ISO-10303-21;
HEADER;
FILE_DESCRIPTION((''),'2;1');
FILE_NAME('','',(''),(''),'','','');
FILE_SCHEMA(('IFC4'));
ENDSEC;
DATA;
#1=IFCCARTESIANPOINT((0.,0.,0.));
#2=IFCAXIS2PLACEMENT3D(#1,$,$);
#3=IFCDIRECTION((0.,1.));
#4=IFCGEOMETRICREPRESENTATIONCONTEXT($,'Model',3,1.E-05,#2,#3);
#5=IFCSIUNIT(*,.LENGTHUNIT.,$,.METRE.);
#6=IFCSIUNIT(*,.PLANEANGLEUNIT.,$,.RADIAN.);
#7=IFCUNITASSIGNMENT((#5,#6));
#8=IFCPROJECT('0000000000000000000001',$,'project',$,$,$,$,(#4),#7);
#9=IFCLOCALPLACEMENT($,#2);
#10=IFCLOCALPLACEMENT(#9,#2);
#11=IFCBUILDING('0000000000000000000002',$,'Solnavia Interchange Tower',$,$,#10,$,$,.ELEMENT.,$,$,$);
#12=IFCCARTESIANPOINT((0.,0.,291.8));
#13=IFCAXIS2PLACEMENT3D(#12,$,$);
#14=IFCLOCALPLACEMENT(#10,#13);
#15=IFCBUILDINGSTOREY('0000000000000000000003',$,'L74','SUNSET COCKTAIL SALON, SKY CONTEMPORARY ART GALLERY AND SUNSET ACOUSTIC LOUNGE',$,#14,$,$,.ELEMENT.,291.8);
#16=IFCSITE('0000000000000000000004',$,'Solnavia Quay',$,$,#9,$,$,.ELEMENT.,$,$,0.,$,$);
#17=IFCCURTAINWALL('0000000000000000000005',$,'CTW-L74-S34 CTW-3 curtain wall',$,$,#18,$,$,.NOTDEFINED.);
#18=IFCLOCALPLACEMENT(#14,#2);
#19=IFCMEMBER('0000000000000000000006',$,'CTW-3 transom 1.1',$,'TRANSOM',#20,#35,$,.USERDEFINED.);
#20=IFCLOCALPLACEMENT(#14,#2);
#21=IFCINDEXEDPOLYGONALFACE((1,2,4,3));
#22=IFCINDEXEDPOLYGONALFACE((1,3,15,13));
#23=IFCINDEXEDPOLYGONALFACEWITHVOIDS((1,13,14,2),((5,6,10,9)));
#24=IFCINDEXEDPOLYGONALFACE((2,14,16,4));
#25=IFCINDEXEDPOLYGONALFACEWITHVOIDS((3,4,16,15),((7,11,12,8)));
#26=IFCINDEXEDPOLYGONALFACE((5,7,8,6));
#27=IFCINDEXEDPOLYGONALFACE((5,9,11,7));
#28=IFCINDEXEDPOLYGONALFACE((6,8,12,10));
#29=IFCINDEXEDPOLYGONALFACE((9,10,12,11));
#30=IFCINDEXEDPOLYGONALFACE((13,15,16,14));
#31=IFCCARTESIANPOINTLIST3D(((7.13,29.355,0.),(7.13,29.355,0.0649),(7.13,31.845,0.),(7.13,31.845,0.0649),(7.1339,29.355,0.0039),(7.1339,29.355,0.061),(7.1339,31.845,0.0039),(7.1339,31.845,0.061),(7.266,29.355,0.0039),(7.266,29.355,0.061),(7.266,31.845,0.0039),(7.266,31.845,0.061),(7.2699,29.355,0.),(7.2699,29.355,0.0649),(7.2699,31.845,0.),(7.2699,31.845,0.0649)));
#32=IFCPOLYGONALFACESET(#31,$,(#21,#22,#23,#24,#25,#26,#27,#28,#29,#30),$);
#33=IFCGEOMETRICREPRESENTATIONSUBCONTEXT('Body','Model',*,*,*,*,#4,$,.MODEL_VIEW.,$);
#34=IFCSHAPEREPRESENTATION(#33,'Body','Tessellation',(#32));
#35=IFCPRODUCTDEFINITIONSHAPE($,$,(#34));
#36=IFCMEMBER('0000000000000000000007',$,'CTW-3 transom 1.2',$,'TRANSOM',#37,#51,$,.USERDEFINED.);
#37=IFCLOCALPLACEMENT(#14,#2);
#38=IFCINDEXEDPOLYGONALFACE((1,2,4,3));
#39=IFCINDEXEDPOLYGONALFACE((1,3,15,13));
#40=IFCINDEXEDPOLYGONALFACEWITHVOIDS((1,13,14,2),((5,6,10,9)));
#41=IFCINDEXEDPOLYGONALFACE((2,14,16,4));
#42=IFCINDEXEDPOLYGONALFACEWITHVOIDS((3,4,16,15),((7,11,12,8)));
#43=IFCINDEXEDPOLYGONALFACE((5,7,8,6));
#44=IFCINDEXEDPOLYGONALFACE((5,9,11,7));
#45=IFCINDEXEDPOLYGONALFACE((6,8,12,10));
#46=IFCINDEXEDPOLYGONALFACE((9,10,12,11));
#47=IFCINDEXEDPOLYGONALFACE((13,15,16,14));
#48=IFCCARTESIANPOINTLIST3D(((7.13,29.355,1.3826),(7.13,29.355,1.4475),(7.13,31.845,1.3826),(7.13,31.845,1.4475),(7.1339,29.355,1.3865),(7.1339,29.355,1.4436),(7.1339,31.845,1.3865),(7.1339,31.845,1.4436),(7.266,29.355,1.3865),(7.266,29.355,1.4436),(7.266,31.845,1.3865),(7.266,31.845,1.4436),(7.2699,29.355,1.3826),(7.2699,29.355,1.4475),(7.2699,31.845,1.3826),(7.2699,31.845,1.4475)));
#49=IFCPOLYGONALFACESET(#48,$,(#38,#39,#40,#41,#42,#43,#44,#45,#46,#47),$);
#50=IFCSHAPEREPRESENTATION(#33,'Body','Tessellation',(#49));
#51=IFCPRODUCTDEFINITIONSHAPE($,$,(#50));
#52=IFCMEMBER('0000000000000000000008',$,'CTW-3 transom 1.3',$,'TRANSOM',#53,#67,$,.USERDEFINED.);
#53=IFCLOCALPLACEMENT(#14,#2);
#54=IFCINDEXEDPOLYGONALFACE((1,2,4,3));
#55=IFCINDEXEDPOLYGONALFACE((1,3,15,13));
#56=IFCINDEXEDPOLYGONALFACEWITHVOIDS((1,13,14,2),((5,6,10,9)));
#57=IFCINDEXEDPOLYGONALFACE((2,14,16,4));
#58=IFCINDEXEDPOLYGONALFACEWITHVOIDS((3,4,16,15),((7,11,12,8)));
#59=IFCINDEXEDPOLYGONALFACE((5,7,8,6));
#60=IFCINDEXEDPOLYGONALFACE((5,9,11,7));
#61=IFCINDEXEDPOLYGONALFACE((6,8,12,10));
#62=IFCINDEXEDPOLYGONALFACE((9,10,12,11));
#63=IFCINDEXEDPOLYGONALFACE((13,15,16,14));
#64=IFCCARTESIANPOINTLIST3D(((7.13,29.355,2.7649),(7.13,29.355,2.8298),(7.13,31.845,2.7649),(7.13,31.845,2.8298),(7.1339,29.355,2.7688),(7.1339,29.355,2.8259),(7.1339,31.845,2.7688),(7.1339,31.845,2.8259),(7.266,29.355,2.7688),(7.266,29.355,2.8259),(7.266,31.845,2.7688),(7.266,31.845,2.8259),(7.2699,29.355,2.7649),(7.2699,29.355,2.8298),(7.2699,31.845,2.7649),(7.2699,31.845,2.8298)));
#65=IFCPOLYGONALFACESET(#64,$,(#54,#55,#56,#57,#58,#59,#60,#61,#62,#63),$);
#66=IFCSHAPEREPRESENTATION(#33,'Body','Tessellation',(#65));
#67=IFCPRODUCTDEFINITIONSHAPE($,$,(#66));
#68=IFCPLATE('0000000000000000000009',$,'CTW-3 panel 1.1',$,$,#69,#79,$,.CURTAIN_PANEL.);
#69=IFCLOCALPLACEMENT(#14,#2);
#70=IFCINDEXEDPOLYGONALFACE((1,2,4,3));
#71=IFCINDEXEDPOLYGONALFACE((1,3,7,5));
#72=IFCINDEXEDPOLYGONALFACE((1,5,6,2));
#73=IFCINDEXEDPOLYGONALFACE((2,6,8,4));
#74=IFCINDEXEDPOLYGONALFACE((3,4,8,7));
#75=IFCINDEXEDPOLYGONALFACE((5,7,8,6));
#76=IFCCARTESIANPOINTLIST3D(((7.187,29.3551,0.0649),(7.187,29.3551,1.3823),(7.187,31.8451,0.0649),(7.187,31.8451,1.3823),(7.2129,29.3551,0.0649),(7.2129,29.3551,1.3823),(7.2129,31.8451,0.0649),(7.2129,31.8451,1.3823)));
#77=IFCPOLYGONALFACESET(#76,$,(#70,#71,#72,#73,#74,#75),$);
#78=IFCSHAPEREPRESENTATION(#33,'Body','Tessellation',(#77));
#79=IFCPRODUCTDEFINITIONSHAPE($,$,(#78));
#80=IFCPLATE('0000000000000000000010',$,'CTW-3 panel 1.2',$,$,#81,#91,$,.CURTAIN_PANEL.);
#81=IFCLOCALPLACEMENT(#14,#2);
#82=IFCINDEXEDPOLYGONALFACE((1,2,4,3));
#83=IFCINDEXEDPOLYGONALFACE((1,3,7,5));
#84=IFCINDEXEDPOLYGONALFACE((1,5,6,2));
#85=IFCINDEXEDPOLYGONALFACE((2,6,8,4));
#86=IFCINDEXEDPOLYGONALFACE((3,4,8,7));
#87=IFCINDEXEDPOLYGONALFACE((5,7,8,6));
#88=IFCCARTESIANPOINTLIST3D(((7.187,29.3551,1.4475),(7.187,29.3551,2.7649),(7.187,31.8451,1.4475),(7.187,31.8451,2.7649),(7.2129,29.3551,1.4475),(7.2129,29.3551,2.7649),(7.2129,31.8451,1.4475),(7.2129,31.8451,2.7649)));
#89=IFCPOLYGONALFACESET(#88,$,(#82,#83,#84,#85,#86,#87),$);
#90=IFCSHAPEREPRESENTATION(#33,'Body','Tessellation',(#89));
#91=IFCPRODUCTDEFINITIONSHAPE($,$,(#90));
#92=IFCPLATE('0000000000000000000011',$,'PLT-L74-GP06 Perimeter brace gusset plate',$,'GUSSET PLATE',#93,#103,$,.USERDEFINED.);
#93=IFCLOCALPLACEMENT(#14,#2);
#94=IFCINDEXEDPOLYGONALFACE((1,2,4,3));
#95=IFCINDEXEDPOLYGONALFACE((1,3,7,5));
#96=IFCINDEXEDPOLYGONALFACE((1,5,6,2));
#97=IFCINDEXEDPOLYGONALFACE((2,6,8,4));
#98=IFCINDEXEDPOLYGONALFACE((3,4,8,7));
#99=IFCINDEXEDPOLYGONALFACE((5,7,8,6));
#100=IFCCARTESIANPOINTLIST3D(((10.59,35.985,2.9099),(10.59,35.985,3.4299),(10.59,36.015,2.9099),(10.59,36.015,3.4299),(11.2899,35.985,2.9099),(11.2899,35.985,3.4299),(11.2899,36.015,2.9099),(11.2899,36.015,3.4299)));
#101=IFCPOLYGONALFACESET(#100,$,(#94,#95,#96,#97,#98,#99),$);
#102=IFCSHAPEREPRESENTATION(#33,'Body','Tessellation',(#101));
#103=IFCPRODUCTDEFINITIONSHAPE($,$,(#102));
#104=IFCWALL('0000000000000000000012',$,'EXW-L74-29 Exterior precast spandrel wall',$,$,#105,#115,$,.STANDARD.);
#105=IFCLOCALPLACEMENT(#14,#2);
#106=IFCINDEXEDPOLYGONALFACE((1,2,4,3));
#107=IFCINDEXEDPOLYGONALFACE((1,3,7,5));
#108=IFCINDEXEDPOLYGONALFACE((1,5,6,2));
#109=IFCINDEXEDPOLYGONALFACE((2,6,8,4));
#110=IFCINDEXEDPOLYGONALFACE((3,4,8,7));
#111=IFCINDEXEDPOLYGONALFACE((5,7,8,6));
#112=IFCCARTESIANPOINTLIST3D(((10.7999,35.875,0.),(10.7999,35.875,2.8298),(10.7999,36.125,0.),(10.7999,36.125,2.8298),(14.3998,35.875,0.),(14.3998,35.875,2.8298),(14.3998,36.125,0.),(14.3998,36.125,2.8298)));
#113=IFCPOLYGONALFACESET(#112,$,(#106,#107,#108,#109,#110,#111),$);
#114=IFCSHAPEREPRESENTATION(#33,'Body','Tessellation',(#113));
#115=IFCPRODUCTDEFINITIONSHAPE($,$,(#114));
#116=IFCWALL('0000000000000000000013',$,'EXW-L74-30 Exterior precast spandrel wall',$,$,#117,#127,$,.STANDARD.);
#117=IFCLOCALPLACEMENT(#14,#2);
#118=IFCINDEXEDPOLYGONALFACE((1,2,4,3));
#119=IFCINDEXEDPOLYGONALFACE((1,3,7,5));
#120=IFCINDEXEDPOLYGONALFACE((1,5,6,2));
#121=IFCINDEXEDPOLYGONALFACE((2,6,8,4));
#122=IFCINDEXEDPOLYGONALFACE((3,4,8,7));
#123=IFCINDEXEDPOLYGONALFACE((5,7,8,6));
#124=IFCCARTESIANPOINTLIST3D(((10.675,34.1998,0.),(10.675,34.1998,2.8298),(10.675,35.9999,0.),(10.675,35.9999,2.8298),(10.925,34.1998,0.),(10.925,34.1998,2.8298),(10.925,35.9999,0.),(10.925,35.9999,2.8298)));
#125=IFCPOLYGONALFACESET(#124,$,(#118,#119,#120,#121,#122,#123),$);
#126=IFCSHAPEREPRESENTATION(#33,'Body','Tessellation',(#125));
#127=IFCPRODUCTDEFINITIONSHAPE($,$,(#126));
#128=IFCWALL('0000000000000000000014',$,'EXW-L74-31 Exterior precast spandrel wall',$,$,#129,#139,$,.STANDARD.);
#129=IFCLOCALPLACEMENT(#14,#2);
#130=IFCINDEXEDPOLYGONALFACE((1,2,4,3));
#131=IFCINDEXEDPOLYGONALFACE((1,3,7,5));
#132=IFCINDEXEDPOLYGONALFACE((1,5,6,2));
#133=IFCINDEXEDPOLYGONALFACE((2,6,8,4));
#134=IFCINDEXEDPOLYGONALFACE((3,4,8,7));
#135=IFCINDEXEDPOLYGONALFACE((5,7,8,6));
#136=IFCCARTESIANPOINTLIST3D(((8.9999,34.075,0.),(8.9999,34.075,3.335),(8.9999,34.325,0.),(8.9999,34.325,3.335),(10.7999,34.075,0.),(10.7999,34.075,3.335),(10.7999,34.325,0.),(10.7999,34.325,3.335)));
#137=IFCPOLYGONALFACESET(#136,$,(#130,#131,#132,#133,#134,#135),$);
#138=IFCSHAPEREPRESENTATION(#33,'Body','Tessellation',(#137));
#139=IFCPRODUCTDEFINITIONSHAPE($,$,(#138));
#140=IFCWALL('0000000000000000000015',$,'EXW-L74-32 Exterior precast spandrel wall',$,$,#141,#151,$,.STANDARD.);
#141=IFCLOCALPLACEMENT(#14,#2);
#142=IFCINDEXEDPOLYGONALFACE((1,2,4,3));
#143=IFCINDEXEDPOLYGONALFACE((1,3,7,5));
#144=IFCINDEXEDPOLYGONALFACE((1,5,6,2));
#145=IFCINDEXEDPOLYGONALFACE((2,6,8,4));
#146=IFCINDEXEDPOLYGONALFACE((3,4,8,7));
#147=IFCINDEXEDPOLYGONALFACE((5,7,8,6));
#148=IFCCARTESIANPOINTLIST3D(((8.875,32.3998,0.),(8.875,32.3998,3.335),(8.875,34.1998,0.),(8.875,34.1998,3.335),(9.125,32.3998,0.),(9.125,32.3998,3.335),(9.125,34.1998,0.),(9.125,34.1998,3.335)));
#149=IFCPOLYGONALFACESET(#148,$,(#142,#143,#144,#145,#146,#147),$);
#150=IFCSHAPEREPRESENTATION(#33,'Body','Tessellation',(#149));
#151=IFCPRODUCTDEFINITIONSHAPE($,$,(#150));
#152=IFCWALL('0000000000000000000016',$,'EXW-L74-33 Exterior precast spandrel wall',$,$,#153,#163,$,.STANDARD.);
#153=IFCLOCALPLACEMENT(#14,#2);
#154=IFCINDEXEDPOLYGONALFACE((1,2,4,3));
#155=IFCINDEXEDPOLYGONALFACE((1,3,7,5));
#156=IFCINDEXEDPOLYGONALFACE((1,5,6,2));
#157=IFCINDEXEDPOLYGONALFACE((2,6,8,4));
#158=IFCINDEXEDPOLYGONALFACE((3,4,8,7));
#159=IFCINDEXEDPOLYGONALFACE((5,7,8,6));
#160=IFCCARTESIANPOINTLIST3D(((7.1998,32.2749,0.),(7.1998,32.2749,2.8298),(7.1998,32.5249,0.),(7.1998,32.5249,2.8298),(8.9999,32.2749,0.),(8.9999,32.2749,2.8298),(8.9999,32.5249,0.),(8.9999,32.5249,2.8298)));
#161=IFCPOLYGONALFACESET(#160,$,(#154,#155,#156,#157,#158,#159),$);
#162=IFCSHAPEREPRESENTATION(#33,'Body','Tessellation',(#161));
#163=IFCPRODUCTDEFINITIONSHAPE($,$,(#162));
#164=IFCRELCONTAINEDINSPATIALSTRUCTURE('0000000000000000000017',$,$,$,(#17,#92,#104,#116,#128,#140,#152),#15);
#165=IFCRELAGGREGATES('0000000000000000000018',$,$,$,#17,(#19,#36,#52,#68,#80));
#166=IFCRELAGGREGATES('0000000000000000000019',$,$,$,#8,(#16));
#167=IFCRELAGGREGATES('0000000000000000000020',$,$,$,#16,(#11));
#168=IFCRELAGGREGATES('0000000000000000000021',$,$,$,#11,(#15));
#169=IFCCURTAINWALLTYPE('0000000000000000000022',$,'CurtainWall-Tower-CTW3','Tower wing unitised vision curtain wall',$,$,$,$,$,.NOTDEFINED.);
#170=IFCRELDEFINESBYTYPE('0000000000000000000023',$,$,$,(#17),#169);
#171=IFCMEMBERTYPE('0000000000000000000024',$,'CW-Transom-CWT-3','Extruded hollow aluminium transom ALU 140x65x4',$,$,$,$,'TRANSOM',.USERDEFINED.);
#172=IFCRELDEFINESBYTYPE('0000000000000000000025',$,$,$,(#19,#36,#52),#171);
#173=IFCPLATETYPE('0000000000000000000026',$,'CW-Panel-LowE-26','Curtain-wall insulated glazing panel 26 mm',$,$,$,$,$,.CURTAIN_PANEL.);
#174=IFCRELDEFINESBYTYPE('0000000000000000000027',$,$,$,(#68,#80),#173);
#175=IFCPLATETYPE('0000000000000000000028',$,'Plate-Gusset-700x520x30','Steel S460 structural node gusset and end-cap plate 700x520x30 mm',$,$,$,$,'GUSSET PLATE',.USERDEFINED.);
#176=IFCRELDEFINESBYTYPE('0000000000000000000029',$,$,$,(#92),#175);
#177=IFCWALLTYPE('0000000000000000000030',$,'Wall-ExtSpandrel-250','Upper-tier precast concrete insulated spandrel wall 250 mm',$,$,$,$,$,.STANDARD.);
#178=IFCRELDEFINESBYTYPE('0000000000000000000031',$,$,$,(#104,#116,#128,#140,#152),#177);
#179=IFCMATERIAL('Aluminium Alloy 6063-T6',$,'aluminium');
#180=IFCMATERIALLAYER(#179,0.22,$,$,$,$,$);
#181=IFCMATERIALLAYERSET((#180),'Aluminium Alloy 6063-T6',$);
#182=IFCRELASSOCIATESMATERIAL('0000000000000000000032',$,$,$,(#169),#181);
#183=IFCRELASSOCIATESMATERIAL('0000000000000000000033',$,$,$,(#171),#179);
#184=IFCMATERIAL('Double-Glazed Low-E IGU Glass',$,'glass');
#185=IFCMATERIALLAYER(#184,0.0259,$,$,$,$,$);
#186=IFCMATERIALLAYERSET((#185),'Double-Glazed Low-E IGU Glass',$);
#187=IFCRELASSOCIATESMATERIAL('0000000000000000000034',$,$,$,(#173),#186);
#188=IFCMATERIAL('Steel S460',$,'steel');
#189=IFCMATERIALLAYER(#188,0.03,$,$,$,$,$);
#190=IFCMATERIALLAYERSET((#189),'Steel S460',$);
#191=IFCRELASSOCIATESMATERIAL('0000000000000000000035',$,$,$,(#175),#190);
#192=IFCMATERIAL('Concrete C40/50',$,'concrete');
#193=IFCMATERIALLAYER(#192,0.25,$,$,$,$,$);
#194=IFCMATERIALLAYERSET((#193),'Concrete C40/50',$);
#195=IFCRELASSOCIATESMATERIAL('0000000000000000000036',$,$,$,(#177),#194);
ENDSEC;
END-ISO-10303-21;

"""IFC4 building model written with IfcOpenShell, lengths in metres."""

from ifc_helpers import new_model, si_unit, direction, frame, frame_2d, origin, origin_2d, place, context, subcontext, project, spatial, rectangle, hollow_rectangle, extrude, material, layer, layer_set, material_profile, profile_set, type_object, element, aggregate, save


model = new_model("IFC4")

# Units and contexts
model_context = context("Model", 3, precision=1e-05, world=origin(), true_north=direction((0.0, 1.0)))
body_context = subcontext(model_context, "Body", "Model", "MODEL_VIEW")
ifc_project = project(units=[si_unit("LENGTHUNIT", "METRE"), si_unit("PLANEANGLEUNIT", "RADIAN")], contexts=[model_context])

# Site, building, storey
site_placement = place(None, origin())
site = spatial("IfcSite", under=ifc_project, at=site_placement, Name="Solnavia Quay", CompositionType="ELEMENT", RefElevation=0.0)
building_placement = place(site_placement, origin())
building = spatial("IfcBuilding", under=site, at=building_placement, Name="Solnavia Interchange Tower", CompositionType="ELEMENT")
storey_placement = place(building_placement, frame((0.0, 0.0, 291.8)))
storey = spatial("IfcBuildingStorey", under=building, at=storey_placement, Name="L74", Description="SUNSET COCKTAIL SALON, SKY CONTEMPORARY ART GALLERY AND SUNSET ACOUSTIC LOUNGE", CompositionType="ELEMENT", Elevation=291.8)

# Shared definitions
ifc_material_1 = material(Name="Steel S460", Category="steel")

# Curtain wall, members, plates
ifc_material_2 = material(Name="Aluminium Alloy 6063-T6", Category="aluminium")
ifc_layer_1 = layer(ifc_material_2, 0.22)
ifc_layer_set_1 = layer_set([ifc_layer_1], Name="Aluminium Alloy 6063-T6")
curtain_wall_type = type_object("IfcCurtainWallType", Name="CurtainWall-Tower-CTW3", Description="Tower wing unitised vision curtain wall", PredefinedType="NOTDEFINED", material=ifc_layer_set_1)
curtain_wall_placement = place(storey_placement, origin())
curtain_wall = element("IfcCurtainWall", 1, at=curtain_wall_placement, inside=storey, type_object=curtain_wall_type, Name="CTW-L74-S34 CTW-3 curtain wall", PredefinedType="NOTDEFINED")
ifc_material_profile_1 = material_profile(ifc_material_2, hollow_rectangle(XDim=0.0649, YDim=0.1399, WallThickness=0.0039, at=origin_2d()), Name="ALU 140x65x4")
ifc_profile_set_1 = profile_set([ifc_material_profile_1], Name="Aluminium Alloy 6063-T6")
member_type_1 = type_object("IfcMemberType", Name="CW-Transom-CWT-3", Description="Extruded hollow aluminium transom ALU 140x65x4", ElementType="TRANSOM", PredefinedType="USERDEFINED", material=ifc_profile_set_1)
member_1_placement = place(storey_placement, frame((7.2, 31.845, 0.0325), z_axis=(0.0, -1.0, 0.0), x_axis=(0.0, 0.0, 1.0)))
member_1 = element("IfcMember", 2, at=member_1_placement, type_object=member_type_1, Name="CTW-3 transom 1.1", ObjectType="TRANSOM", PredefinedType="USERDEFINED", context=body_context, shape_type="SweptSolid", body=[
    extrude(hollow_rectangle(XDim=0.0649, YDim=0.1399, WallThickness=0.0039, at=origin_2d()), origin(), (0.0, 0.0, 1.0), 2.49),
])
member_2_placement = place(storey_placement, frame((7.2, 31.845, 1.415), z_axis=(0.0, -1.0, 0.0), x_axis=(0.0, 0.0, 1.0)))
member_2 = element("IfcMember", 3, at=member_2_placement, type_object=member_type_1, Name="CTW-3 transom 1.2", ObjectType="TRANSOM", PredefinedType="USERDEFINED", context=body_context, shape_type="SweptSolid", body=[
    extrude(hollow_rectangle(XDim=0.0649, YDim=0.1399, WallThickness=0.0039, at=origin_2d()), origin(), (0.0, 0.0, 1.0), 2.49),
])
member_3_placement = place(storey_placement, frame((7.2, 31.845, 2.7974), z_axis=(0.0, -1.0, 0.0), x_axis=(0.0, 0.0, 1.0)))
member_3 = element("IfcMember", 4, at=member_3_placement, type_object=member_type_1, Name="CTW-3 transom 1.3", ObjectType="TRANSOM", PredefinedType="USERDEFINED", context=body_context, shape_type="SweptSolid", body=[
    extrude(hollow_rectangle(XDim=0.0649, YDim=0.1399, WallThickness=0.0039, at=origin_2d()), origin(), (0.0, 0.0, 1.0), 2.49),
])
ifc_material_3 = material(Name="Double-Glazed Low-E IGU Glass", Category="glass")
ifc_layer_2 = layer(ifc_material_3, 0.0259)
ifc_layer_set_2 = layer_set([ifc_layer_2], Name="Double-Glazed Low-E IGU Glass")
plate_type_1 = type_object("IfcPlateType", Name="CW-Panel-LowE-26", Description="Curtain-wall insulated glazing panel 26 mm", PredefinedType="CURTAIN_PANEL", material=ifc_layer_set_2)
plate_1_placement = place(storey_placement, frame((7.2, 30.6001, 0.0649), z_axis=(0.0, 0.0, 1.0), x_axis=(0.0, -1.0, 0.0)))
plate_1 = element("IfcPlate", 5, at=plate_1_placement, type_object=plate_type_1, Name="CTW-3 panel 1.1", PredefinedType="CURTAIN_PANEL", context=body_context, shape_type="SweptSolid", body=[
    extrude(rectangle(XDim=2.49, YDim=0.0259, at=origin_2d()), origin(), (0.0, 0.0, 1.0), 1.3174),
])
plate_2_placement = place(storey_placement, frame((7.2, 30.6001, 1.4475), z_axis=(0.0, 0.0, 1.0), x_axis=(0.0, -1.0, 0.0)))
plate_2 = element("IfcPlate", 6, at=plate_2_placement, type_object=plate_type_1, Name="CTW-3 panel 1.2", PredefinedType="CURTAIN_PANEL", context=body_context, shape_type="SweptSolid", body=[
    extrude(rectangle(XDim=2.49, YDim=0.0259, at=origin_2d()), origin(), (0.0, 0.0, 1.0), 1.3174),
])
aggregate(curtain_wall, [member_1, member_2, member_3, plate_1, plate_2])

# Plate
ifc_layer_3 = layer(ifc_material_1, 0.03)
ifc_layer_set_3 = layer_set([ifc_layer_3], Name="Steel S460")
plate_type_2 = type_object("IfcPlateType", Name="Plate-Gusset-700x520x30", Description="Steel S460 structural node gusset and end-cap plate 700x520x30 mm", ElementType="GUSSET PLATE", PredefinedType="USERDEFINED", material=ifc_layer_set_3)
plate_3_placement = place(storey_placement, frame((10.9399, 36.0, 2.9099), z_axis=(0.0, 0.0, 1.0), x_axis=(-1.0, 0.0, 0.0)))
element("IfcPlate", 7, at=plate_3_placement, inside=storey, type_object=plate_type_2, Name="PLT-L74-GP06 Perimeter brace gusset plate", ObjectType="GUSSET PLATE", PredefinedType="USERDEFINED", context=body_context, shape_type="SweptSolid", body=[
    extrude(rectangle(XDim=0.7, YDim=0.03, at=origin_2d()), origin(), (0.0, 0.0, 1.0), 0.52),
])

# Walls
ifc_material_4 = material(Name="Concrete C40/50", Category="concrete")
ifc_layer_4 = layer(ifc_material_4, 0.25)
ifc_layer_set_4 = layer_set([ifc_layer_4], Name="Concrete C40/50")
wall_type = type_object("IfcWallType", Name="Wall-ExtSpandrel-250", Description="Upper-tier precast concrete insulated spandrel wall 250 mm", PredefinedType="STANDARD", material=ifc_layer_set_4)
wall_1_placement = place(storey_placement, frame((10.8, 36.0, 0.0), z_axis=(0.0, 0.0, 1.0), x_axis=(1.0, 0.0, 0.0)))
element("IfcWall", 8, at=wall_1_placement, inside=storey, type_object=wall_type, Name="EXW-L74-29 Exterior precast spandrel wall", PredefinedType="STANDARD", context=body_context, shape_type="SweptSolid", body=[
    extrude(rectangle(XDim=3.5999, YDim=0.25, at=frame_2d((1.7998, 0.0))), origin(), (0.0, 0.0, 1.0), 2.8298),
])
wall_2_placement = place(storey_placement, frame((10.8, 34.2, 0.0), z_axis=(0.0, 0.0, 1.0), x_axis=(0.0, 1.0, 0.0)))
element("IfcWall", 9, at=wall_2_placement, inside=storey, type_object=wall_type, Name="EXW-L74-30 Exterior precast spandrel wall", PredefinedType="STANDARD", context=body_context, shape_type="SweptSolid", body=[
    extrude(rectangle(XDim=1.8, YDim=0.25, at=frame_2d((0.8999, 0.0))), origin(), (0.0, 0.0, 1.0), 2.8298),
])
for number, where, z_axis, x_axis, name in (
    (10, (9.0, 34.2, 0.0), (0.0, 0.0, 1.0), (1.0, 0.0, 0.0), "EXW-L74-31 Exterior precast spandrel wall"),
    (11, (9.0, 32.3999, 0.0), (0.0, 0.0, 1.0), (0.0, 1.0, 0.0), "EXW-L74-32 Exterior precast spandrel wall"),
):
    element("IfcWall", number, at=place(storey_placement, frame(where, z_axis=z_axis, x_axis=x_axis)), inside=storey, type_object=wall_type, Name=name, PredefinedType="STANDARD", context=body_context, shape_type="SweptSolid", body=[
        extrude(rectangle(XDim=1.8, YDim=0.25, at=frame_2d((0.8999, 0.0))), origin(), (0.0, 0.0, 1.0), 3.335),
    ])
wall_3_placement = place(storey_placement, frame((7.2, 32.3999, 0.0), z_axis=(0.0, 0.0, 1.0), x_axis=(1.0, 0.0, 0.0)))
element("IfcWall", 12, at=wall_3_placement, inside=storey, type_object=wall_type, Name="EXW-L74-33 Exterior precast spandrel wall", PredefinedType="STANDARD", context=body_context, shape_type="SweptSolid", body=[
    extrude(rectangle(XDim=1.8, YDim=0.25, at=frame_2d((0.8999, 0.0))), origin(), (0.0, 0.0, 1.0), 2.8298),
])

save(model, "model.ifc")
